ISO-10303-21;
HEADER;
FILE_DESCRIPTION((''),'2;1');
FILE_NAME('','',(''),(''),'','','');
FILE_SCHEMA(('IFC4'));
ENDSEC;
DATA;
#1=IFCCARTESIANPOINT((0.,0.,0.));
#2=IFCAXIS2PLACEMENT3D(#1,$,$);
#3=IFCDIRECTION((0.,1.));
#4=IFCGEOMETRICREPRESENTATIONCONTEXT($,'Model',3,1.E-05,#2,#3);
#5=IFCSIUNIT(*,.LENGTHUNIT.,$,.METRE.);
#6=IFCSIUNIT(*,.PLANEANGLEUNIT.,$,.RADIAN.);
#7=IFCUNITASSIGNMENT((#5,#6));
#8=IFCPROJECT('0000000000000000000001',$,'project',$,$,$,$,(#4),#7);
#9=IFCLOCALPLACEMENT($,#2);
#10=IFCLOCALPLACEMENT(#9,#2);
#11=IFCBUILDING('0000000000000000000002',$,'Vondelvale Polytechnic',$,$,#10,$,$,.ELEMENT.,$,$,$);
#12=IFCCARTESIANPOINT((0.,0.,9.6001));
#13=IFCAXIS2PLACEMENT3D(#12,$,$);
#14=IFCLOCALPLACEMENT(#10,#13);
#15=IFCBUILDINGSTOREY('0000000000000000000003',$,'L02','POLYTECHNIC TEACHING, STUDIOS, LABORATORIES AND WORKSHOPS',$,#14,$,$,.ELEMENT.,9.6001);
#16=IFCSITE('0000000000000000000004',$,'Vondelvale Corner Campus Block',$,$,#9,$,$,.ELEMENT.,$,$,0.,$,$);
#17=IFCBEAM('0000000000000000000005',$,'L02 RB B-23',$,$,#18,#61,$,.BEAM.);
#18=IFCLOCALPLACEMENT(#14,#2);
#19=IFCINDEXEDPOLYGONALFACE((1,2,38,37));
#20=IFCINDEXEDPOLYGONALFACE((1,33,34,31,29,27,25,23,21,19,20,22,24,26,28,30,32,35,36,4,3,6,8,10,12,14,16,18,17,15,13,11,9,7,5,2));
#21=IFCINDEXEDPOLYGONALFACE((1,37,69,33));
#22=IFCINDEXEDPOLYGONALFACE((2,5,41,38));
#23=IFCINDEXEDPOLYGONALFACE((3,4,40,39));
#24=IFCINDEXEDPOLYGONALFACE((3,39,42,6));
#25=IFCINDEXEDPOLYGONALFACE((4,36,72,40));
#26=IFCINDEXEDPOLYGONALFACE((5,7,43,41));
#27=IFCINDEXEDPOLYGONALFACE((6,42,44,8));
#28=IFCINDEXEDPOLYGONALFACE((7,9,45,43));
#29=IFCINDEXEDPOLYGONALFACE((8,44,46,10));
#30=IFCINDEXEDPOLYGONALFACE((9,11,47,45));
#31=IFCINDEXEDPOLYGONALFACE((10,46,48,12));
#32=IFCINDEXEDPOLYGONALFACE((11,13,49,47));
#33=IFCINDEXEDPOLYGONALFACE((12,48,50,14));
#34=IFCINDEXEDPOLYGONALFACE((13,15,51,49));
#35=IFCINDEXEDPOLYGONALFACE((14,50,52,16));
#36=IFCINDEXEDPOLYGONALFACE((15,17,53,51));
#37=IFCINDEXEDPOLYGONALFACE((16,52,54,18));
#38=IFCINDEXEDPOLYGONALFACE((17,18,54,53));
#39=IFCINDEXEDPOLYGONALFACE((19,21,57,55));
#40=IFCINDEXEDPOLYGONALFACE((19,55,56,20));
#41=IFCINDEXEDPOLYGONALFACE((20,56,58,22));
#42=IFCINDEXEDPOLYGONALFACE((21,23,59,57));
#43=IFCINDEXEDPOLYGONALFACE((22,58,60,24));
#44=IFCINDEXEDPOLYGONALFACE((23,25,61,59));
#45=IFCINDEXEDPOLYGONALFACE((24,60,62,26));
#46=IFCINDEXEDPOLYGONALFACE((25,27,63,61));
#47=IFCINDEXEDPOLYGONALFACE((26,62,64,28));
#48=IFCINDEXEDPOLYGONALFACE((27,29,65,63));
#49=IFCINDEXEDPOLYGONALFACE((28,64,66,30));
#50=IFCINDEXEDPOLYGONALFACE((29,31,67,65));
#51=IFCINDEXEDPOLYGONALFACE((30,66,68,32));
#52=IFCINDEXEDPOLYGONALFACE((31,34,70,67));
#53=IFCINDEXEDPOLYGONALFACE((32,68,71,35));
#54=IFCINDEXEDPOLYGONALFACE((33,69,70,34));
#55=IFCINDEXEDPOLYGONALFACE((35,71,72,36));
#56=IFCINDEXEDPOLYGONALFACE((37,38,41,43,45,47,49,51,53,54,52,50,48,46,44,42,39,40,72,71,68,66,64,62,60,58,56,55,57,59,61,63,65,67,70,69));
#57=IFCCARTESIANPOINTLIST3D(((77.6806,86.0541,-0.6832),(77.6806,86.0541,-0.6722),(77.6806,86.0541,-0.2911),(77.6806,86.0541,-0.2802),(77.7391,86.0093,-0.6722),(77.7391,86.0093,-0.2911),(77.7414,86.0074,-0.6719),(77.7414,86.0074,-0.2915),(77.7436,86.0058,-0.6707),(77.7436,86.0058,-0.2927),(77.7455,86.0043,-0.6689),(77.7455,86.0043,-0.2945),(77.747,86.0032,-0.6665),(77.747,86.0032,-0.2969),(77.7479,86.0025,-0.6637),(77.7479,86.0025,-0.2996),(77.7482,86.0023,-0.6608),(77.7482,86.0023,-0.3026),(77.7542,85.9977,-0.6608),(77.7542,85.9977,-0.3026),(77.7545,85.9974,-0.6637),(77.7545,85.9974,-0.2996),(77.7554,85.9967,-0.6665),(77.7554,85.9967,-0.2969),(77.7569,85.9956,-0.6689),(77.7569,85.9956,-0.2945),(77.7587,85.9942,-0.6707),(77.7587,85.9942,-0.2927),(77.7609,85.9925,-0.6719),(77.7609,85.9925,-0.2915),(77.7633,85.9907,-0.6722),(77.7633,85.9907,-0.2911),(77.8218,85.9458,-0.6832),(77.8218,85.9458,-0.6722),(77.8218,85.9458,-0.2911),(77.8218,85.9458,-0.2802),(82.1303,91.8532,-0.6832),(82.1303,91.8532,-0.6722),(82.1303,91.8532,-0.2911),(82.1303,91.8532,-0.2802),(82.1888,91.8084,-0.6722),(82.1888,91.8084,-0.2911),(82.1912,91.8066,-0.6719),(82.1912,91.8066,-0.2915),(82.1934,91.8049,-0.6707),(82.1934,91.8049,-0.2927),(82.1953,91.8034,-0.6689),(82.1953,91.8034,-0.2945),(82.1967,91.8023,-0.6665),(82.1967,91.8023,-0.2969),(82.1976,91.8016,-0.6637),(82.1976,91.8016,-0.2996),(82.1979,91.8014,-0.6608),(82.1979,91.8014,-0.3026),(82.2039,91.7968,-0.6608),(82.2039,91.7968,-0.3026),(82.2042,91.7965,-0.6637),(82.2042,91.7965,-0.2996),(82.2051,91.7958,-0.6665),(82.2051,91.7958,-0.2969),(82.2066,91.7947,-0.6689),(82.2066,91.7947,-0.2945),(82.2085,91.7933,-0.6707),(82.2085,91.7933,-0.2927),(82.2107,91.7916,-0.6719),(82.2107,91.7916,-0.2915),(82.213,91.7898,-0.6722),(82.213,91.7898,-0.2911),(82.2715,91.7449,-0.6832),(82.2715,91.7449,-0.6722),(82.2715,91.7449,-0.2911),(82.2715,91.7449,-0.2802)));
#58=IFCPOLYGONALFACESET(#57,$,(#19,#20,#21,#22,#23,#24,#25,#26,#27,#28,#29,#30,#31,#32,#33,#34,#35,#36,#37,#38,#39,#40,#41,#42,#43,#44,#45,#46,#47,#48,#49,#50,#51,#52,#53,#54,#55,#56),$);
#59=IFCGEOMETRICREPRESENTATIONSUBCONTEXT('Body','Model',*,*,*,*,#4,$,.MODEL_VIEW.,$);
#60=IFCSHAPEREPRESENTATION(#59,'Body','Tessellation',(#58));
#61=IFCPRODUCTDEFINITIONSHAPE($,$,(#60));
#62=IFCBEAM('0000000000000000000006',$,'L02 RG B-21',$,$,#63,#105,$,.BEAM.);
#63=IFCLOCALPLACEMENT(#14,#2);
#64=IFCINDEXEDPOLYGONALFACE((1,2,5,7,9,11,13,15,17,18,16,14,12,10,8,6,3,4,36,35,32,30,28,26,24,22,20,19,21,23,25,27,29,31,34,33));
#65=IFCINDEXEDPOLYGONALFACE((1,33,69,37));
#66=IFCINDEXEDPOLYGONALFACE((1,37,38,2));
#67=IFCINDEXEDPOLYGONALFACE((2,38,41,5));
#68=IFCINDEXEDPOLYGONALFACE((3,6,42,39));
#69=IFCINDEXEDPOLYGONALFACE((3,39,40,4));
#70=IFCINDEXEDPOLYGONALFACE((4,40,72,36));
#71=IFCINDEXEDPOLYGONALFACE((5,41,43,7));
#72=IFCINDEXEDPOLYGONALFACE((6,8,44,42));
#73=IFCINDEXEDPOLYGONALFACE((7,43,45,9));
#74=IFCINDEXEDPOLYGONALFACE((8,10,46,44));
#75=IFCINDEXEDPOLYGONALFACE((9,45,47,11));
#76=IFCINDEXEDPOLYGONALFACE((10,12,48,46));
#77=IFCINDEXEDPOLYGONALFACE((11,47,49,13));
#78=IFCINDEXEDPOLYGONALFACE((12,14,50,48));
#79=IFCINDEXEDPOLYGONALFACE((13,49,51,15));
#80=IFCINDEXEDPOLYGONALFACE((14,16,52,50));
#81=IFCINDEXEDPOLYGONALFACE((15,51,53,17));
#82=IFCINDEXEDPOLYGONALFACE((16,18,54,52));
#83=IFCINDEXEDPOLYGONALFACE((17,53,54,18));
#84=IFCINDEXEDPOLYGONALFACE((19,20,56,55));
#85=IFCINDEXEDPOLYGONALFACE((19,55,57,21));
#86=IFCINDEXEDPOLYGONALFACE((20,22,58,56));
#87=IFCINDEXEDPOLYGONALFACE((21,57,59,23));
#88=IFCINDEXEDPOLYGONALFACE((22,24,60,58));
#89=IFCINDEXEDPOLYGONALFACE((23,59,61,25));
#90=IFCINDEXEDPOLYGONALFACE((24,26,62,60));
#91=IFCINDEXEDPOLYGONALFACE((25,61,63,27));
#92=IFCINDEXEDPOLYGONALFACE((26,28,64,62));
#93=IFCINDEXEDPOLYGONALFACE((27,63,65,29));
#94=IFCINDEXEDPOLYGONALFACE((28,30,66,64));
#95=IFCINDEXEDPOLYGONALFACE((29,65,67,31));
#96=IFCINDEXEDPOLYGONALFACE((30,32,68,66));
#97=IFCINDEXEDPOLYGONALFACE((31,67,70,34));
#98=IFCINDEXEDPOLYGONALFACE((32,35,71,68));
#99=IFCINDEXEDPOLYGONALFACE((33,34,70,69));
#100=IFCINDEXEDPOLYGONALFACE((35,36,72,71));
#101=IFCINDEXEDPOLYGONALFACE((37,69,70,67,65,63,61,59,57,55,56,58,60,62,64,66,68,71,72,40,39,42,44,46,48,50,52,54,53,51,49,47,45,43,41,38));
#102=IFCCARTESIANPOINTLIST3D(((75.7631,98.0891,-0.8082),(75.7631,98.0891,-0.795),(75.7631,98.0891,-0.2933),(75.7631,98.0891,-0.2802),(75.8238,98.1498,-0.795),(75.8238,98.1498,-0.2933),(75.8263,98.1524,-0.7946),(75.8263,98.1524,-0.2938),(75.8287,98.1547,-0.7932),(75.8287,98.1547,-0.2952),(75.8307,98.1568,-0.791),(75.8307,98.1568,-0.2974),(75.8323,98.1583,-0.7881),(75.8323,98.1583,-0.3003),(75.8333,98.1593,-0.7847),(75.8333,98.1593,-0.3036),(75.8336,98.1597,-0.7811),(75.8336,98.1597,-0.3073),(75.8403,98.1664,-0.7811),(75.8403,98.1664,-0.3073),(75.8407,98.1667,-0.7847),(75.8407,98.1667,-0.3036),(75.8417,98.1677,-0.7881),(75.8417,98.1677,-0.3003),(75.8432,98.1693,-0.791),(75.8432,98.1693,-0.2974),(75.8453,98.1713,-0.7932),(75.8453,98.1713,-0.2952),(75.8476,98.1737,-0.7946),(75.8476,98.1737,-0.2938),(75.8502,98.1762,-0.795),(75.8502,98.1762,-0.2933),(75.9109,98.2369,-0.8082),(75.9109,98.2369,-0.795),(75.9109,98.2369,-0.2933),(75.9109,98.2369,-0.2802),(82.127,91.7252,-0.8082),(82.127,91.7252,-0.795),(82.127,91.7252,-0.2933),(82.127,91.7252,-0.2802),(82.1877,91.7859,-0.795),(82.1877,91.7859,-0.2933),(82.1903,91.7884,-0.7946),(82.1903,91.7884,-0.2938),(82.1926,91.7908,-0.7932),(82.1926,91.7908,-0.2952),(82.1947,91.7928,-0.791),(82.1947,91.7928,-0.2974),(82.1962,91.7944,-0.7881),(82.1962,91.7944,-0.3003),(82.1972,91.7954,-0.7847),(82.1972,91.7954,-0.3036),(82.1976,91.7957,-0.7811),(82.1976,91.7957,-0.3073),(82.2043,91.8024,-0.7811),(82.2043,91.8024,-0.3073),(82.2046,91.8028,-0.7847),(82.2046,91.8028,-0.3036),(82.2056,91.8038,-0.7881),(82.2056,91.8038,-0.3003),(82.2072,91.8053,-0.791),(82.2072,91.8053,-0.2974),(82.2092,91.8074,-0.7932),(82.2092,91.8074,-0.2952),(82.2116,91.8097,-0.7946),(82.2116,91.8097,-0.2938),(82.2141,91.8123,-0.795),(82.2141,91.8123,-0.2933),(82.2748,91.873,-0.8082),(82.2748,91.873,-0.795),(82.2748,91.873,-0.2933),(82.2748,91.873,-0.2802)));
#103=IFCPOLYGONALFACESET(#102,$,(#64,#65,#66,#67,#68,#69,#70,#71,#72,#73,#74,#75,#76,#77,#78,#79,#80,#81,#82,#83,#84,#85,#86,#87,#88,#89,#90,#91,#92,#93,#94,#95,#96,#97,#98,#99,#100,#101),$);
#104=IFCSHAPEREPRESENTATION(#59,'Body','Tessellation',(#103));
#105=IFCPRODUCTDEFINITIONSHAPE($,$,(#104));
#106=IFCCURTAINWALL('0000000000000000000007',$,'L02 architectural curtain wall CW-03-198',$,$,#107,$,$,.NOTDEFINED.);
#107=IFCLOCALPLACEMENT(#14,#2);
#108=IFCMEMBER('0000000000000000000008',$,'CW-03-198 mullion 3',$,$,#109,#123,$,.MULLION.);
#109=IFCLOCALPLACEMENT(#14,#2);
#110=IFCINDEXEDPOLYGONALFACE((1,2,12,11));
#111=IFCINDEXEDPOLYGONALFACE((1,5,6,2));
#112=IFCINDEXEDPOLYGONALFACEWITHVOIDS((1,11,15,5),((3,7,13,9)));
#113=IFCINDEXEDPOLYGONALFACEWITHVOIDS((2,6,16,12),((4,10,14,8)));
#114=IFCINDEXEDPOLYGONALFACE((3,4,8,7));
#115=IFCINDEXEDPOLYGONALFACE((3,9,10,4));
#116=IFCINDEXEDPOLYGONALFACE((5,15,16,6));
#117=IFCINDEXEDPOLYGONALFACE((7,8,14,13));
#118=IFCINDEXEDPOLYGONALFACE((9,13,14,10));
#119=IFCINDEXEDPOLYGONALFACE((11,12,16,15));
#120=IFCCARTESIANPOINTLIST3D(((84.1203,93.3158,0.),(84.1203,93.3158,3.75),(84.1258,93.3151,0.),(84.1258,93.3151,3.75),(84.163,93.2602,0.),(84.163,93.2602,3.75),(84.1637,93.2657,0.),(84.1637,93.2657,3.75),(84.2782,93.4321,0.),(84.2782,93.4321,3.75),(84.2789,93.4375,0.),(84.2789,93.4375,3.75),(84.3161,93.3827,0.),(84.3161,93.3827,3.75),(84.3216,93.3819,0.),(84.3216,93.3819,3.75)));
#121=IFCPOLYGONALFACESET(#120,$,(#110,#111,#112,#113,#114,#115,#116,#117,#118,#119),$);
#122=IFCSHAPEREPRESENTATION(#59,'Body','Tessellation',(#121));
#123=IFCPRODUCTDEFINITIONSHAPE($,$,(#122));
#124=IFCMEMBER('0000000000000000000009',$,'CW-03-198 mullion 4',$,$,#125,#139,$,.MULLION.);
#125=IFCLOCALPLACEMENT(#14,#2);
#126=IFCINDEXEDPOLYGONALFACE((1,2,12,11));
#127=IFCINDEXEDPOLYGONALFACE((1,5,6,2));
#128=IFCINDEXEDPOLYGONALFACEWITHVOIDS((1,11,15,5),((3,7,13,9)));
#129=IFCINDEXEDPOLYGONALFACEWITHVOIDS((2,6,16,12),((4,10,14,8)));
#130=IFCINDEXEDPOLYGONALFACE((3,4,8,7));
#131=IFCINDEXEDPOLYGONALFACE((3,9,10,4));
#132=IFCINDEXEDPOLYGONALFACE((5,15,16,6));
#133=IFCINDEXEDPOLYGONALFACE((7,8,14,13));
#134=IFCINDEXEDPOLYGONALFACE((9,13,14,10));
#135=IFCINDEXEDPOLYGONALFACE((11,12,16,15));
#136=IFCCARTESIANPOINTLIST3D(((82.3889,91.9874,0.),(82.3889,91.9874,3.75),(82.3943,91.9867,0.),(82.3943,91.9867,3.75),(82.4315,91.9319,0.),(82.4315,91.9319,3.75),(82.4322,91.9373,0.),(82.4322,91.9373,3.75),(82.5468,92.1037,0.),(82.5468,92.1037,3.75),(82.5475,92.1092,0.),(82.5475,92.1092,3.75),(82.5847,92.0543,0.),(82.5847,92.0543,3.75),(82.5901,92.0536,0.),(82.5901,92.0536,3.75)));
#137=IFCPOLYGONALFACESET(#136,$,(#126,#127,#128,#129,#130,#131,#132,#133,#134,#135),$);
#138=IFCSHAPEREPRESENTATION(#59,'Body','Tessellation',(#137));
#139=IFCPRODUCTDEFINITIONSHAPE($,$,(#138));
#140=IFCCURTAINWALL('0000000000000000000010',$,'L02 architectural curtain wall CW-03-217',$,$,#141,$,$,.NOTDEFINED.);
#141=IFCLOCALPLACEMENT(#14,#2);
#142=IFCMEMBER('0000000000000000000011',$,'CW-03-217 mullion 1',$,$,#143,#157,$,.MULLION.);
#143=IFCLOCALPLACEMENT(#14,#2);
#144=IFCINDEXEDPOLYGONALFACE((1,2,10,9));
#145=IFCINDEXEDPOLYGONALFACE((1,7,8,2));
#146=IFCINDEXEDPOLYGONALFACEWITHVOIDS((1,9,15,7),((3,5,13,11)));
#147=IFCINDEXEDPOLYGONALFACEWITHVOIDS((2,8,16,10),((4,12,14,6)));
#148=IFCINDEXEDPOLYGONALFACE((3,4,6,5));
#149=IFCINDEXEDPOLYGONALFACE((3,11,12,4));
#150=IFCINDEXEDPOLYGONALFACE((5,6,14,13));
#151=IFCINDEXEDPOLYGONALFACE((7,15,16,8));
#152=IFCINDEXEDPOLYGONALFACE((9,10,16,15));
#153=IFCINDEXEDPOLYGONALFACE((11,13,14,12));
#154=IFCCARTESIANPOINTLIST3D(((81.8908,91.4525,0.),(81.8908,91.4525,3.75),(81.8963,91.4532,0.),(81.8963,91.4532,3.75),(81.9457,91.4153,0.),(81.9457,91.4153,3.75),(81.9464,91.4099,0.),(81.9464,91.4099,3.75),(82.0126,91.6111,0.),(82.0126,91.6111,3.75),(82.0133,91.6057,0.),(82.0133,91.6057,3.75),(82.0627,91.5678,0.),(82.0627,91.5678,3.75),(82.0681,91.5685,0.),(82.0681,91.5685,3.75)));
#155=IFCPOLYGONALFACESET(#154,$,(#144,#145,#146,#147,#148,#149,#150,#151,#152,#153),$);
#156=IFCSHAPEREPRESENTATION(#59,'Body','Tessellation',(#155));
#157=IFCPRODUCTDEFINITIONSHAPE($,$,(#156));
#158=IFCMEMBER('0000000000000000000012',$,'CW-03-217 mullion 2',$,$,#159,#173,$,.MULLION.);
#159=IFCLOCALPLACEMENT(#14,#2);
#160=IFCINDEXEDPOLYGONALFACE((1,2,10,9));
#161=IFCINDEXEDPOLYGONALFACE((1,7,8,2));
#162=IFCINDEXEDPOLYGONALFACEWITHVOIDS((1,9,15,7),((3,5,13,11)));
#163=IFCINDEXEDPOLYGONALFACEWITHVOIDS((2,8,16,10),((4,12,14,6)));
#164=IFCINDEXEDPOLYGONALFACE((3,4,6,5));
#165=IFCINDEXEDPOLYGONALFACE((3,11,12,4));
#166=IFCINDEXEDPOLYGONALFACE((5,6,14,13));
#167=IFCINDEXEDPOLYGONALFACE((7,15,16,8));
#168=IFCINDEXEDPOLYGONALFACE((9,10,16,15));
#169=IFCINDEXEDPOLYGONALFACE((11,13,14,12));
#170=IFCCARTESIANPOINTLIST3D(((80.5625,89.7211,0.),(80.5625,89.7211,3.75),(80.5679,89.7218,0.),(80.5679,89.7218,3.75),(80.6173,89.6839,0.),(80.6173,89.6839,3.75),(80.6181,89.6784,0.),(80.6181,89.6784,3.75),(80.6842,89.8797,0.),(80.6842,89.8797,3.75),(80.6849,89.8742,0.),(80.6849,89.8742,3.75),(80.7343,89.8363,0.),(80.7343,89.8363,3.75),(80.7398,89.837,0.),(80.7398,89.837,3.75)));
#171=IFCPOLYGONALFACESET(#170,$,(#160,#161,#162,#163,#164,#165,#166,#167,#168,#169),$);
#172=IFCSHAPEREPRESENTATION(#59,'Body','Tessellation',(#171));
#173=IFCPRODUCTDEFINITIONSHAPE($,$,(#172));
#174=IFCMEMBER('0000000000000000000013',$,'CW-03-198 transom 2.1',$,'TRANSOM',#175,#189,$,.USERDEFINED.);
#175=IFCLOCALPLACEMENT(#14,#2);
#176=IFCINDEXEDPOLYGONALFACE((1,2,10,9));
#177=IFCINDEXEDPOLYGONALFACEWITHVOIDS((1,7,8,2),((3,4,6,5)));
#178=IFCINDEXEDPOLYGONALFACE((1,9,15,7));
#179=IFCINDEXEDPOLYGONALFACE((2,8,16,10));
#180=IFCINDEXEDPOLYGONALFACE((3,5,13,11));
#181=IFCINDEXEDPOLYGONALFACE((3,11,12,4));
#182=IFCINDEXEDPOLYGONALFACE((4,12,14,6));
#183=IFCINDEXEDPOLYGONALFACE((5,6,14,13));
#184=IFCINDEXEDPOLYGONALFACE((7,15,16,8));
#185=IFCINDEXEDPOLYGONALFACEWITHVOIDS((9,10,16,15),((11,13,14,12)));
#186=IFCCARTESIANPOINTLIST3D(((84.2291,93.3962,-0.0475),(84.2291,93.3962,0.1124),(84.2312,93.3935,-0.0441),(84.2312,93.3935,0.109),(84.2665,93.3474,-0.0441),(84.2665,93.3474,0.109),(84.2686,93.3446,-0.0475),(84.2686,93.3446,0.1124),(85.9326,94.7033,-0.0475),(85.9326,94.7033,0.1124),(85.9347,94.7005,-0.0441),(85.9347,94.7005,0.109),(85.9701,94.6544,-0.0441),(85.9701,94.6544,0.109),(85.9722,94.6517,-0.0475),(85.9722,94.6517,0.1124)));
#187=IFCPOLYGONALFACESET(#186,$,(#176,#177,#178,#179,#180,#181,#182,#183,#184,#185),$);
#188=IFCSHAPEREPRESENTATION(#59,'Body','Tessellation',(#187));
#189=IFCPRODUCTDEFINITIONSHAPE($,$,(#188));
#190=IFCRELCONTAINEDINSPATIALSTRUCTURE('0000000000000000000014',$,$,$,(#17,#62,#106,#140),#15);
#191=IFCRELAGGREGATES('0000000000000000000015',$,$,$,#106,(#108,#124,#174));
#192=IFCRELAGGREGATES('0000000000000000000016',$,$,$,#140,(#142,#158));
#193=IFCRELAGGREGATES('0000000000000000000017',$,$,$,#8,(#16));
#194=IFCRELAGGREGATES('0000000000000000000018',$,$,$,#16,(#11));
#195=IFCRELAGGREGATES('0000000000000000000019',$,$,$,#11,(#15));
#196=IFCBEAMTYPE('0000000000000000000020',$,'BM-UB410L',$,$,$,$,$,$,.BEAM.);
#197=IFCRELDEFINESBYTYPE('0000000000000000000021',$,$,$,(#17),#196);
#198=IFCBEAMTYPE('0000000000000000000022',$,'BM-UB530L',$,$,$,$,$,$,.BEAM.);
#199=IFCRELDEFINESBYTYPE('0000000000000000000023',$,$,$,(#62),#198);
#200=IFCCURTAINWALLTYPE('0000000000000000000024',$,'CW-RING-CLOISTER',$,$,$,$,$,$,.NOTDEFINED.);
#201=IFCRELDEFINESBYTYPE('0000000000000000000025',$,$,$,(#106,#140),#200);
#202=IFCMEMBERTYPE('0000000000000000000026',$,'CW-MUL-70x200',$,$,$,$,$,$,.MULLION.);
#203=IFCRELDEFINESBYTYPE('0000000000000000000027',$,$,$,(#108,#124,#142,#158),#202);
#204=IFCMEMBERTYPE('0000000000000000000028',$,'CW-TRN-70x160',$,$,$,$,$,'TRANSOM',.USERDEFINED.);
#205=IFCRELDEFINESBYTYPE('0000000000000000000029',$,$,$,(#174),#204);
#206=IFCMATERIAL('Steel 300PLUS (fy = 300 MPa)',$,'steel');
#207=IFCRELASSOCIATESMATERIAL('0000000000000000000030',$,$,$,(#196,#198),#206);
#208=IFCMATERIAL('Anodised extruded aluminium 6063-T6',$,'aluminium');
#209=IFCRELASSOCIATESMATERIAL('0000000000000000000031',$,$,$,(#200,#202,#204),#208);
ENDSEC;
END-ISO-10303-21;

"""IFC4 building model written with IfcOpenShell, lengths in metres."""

from ifc_helpers import new_model, si_unit, direction, frame, origin, origin_2d, place, context, subcontext, project, spatial, hollow_rectangle, i_section, extrude, material, material_profile, profile_set, type_object, element, aggregate, save


model = new_model("IFC4")

# Units and contexts
model_context = context("Model", 3, precision=1e-05, world=origin(), true_north=direction((0.0, 1.0)))
body_context = subcontext(model_context, "Body", "Model", "MODEL_VIEW")
ifc_project = project(units=[si_unit("LENGTHUNIT", "METRE"), si_unit("PLANEANGLEUNIT", "RADIAN")], contexts=[model_context])

# Site, building, storey
site_placement = place(None, origin())
site = spatial("IfcSite", under=ifc_project, at=site_placement, Name="Vondelvale Corner Campus Block", CompositionType="ELEMENT", RefElevation=0.0)
building_placement = place(site_placement, origin())
building = spatial("IfcBuilding", under=site, at=building_placement, Name="Vondelvale Polytechnic", CompositionType="ELEMENT")
storey_placement = place(building_placement, frame((0.0, 0.0, 9.6001)))
storey = spatial("IfcBuildingStorey", under=building, at=storey_placement, Name="L02", Description="POLYTECHNIC TEACHING, STUDIOS, LABORATORIES AND WORKSHOPS", CompositionType="ELEMENT", Elevation=9.6001)

# Beams
ifc_material_1 = material(Name="Steel 300PLUS (fy = 300 MPa)", Category="steel")
ifc_material_profile_1 = material_profile(ifc_material_1, i_section(OverallWidth=0.178, OverallDepth=0.4031, WebThickness=0.0076, FlangeThickness=0.011, FilletRadius=0.0115, at=origin_2d()), Name="410UB53.7")
ifc_profile_set_1 = profile_set([ifc_material_profile_1], Name="Steel 300PLUS (fy = 300 MPa)")
beam_type_1 = type_object("IfcBeamType", Name="BM-UB410L", PredefinedType="BEAM", material=ifc_profile_set_1)
beam_1_placement = place(storey_placement, frame((82.2009, 91.7991, -0.4817), z_axis=(-0.608755, -0.793358, 0.0), x_axis=(0.793358, -0.608755, 0.0)))
element("IfcBeam", 1, at=beam_1_placement, inside=storey, type_object=beam_type_1, Name="L02 RB B-23", PredefinedType="BEAM", context=body_context, shape_type="SweptSolid", body=[
    extrude(i_section(OverallWidth=0.178, OverallDepth=0.4031, WebThickness=0.0076, FlangeThickness=0.011, FilletRadius=0.0115, at=origin_2d()), origin(), (0.0, 0.0, 1.0), 7.3096),
])
ifc_material_profile_2 = material_profile(ifc_material_1, i_section(OverallWidth=0.209, OverallDepth=0.5281, WebThickness=0.0095, FlangeThickness=0.0132, FilletRadius=0.0139, at=origin_2d()), Name="530UB82.0")
ifc_profile_set_2 = profile_set([ifc_material_profile_2], Name="Steel 300PLUS (fy = 300 MPa)")
beam_type_2 = type_object("IfcBeamType", Name="BM-UB530L", PredefinedType="BEAM", material=ifc_profile_set_2)
beam_2_placement = place(storey_placement, frame((82.2009, 91.7991, -0.5442), z_axis=(-0.707107, 0.707107, 0.0), x_axis=(-0.707107, -0.707107, 0.0)))
element("IfcBeam", 2, at=beam_2_placement, inside=storey, type_object=beam_type_2, Name="L02 RG B-21", PredefinedType="BEAM", context=body_context, shape_type="SweptSolid", body=[
    extrude(i_section(OverallWidth=0.209, OverallDepth=0.5281, WebThickness=0.0095, FlangeThickness=0.0132, FilletRadius=0.0139, at=origin_2d()), origin(), (0.0, 0.0, 1.0), 9.0),
])

# Curtain walls, members
ifc_material_2 = material(Name="Anodised extruded aluminium 6063-T6", Category="aluminium")
curtain_wall_type = type_object("IfcCurtainWallType", Name="CW-RING-CLOISTER", PredefinedType="NOTDEFINED", material=ifc_material_2)
curtain_wall_1_placement = place(storey_placement, origin())
curtain_wall_1 = element("IfcCurtainWall", 3, at=curtain_wall_1_placement, inside=storey, type_object=curtain_wall_type, Name="L02 architectural curtain wall CW-03-198", PredefinedType="NOTDEFINED")
ifc_material_profile_3 = material_profile(ifc_material_2, hollow_rectangle(XDim=0.0701, YDim=0.2, WallThickness=0.0039, at=origin_2d()), Name="CW-MUL-200x70")
ifc_profile_set_3 = profile_set([ifc_material_profile_3], Name="Anodised extruded aluminium 6063-T6")
member_type_1 = type_object("IfcMemberType", Name="CW-MUL-70x200", PredefinedType="MULLION", material=ifc_profile_set_3)
member_1_placement = place(storey_placement, frame((84.2209, 93.3489, 0.0), z_axis=(0.0, 0.0, 1.0), x_axis=(0.608748, -0.793364, 0.0)))
member_1 = element("IfcMember", 4, at=member_1_placement, type_object=member_type_1, Name="CW-03-198 mullion 3", PredefinedType="MULLION", context=body_context, shape_type="SweptSolid", body=[
    extrude(hollow_rectangle(XDim=0.0701, YDim=0.2, WallThickness=0.0039, at=origin_2d()), origin(), (0.0, 0.0, 1.0), 3.75),
])
member_2_placement = place(storey_placement, frame((82.4895, 92.0205, 0.0), z_axis=(0.0, 0.0, 1.0), x_axis=(0.608748, -0.793364, 0.0)))
member_2 = element("IfcMember", 5, at=member_2_placement, type_object=member_type_1, Name="CW-03-198 mullion 4", PredefinedType="MULLION", context=body_context, shape_type="SweptSolid", body=[
    extrude(hollow_rectangle(XDim=0.0701, YDim=0.2, WallThickness=0.0039, at=origin_2d()), origin(), (0.0, 0.0, 1.0), 3.75),
])
curtain_wall_2_placement = place(storey_placement, origin())
curtain_wall_2 = element("IfcCurtainWall", 6, at=curtain_wall_2_placement, inside=storey, type_object=curtain_wall_type, Name="L02 architectural curtain wall CW-03-217", PredefinedType="NOTDEFINED")
member_3_placement = place(storey_placement, frame((81.9795, 91.5105, 0.0), z_axis=(0.0, 0.0, 1.0), x_axis=(0.793364, -0.608748, 0.0)))
member_3 = element("IfcMember", 7, at=member_3_placement, type_object=member_type_1, Name="CW-03-217 mullion 1", PredefinedType="MULLION", context=body_context, shape_type="SweptSolid", body=[
    extrude(hollow_rectangle(XDim=0.0701, YDim=0.2, WallThickness=0.0039, at=origin_2d()), origin(), (0.0, 0.0, 1.0), 3.75),
])
member_4_placement = place(storey_placement, frame((80.6511, 89.7791, 0.0), z_axis=(0.0, 0.0, 1.0), x_axis=(0.793364, -0.608748, 0.0)))
member_4 = element("IfcMember", 8, at=member_4_placement, type_object=member_type_1, Name="CW-03-217 mullion 2", PredefinedType="MULLION", context=body_context, shape_type="SweptSolid", body=[
    extrude(hollow_rectangle(XDim=0.0701, YDim=0.2, WallThickness=0.0039, at=origin_2d()), origin(), (0.0, 0.0, 1.0), 3.75),
])

# Member
ifc_material_profile_4 = material_profile(ifc_material_2, hollow_rectangle(XDim=0.0649, YDim=0.1599, WallThickness=0.0034, at=origin_2d()), Name="CW-TRN-160x65")
ifc_profile_set_4 = profile_set([ifc_material_profile_4], Name="Anodised extruded aluminium 6063-T6")
member_type_2 = type_object("IfcMemberType", Name="CW-TRN-70x160", ElementType="TRANSOM", PredefinedType="USERDEFINED", material=ifc_profile_set_4)
member_5_placement = place(storey_placement, frame((85.9524, 94.6775, 0.0325), z_axis=(-0.793376, -0.608732, 0.0), x_axis=(0.608732, -0.793376, 0.0)))
member_5 = element("IfcMember", 9, at=member_5_placement, type_object=member_type_2, Name="CW-03-198 transom 2.1", ObjectType="TRANSOM", PredefinedType="USERDEFINED", context=body_context, shape_type="SweptSolid", body=[
    extrude(hollow_rectangle(XDim=0.0649, YDim=0.1599, WallThickness=0.0034, at=origin_2d()), origin(), (0.0, 0.0, 1.0), 2.1472),
])

aggregate(curtain_wall_1, [member_1, member_2, member_5])
aggregate(curtain_wall_2, [member_3, member_4])

save(model, "model.ifc")
